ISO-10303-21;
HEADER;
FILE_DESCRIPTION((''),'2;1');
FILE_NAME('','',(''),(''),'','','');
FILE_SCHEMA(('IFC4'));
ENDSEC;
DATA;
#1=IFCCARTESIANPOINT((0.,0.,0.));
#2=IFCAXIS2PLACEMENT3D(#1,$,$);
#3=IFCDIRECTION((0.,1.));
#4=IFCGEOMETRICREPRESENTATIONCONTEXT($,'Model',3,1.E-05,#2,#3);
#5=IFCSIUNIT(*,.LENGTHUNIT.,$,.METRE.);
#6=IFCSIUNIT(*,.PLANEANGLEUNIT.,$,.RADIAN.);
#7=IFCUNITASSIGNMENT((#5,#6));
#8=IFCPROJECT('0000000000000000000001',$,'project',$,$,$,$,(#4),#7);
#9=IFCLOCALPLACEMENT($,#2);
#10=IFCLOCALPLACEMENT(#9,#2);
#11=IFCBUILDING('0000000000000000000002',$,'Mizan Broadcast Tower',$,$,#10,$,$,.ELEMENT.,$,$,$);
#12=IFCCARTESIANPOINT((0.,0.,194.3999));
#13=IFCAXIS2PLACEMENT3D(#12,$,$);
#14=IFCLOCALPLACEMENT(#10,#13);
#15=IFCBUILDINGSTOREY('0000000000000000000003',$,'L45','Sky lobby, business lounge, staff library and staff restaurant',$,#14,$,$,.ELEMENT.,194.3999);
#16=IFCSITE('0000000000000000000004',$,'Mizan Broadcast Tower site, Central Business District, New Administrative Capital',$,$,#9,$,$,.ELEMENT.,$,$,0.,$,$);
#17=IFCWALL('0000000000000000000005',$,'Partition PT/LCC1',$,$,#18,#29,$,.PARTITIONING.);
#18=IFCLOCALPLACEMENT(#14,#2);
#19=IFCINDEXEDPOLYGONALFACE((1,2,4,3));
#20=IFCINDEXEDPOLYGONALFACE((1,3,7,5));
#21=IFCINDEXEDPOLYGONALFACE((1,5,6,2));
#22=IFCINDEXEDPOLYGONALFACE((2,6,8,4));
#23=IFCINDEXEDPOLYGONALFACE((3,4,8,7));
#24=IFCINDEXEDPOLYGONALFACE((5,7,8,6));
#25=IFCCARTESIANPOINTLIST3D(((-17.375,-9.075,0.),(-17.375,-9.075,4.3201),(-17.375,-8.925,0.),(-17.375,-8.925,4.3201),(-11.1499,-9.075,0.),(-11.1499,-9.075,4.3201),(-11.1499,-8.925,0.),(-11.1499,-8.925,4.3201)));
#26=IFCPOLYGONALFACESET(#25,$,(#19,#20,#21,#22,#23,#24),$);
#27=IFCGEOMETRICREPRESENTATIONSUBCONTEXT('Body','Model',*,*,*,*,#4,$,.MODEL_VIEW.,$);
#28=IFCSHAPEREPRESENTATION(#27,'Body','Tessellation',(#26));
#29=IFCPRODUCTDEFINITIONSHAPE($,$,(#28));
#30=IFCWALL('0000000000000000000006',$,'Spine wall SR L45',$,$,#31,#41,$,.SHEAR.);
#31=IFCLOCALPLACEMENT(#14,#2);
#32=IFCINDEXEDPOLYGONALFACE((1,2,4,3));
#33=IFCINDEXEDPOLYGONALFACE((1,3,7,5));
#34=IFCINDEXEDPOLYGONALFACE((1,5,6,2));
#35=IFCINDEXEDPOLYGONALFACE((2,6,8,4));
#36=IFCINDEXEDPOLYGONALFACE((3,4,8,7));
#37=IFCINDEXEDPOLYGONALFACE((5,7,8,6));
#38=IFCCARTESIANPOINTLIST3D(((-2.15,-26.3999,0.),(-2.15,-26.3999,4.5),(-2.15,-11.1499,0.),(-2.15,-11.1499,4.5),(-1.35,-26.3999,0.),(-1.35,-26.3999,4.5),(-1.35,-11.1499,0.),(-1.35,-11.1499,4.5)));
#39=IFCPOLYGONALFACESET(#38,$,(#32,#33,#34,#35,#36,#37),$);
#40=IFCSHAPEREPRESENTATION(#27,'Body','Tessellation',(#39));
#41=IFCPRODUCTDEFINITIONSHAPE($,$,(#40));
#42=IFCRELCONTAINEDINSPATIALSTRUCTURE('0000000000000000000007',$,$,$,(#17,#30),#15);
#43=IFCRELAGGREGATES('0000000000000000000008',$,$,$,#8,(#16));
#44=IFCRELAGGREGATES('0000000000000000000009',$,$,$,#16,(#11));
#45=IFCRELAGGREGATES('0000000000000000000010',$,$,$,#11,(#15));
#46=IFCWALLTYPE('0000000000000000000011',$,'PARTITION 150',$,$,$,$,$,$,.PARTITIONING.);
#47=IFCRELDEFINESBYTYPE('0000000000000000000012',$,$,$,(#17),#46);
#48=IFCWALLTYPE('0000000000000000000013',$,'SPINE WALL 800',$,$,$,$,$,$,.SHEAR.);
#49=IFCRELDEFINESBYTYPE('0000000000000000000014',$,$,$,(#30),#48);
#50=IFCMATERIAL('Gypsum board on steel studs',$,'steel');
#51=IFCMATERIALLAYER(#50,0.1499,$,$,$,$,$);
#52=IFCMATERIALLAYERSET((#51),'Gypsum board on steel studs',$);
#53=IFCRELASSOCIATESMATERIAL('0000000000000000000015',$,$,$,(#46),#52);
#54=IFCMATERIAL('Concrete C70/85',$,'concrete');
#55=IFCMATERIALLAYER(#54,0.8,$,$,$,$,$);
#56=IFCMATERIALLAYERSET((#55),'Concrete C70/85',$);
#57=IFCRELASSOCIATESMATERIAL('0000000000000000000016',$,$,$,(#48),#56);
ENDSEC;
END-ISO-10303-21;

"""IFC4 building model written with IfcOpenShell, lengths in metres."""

from ifc_helpers import new_model, si_unit, direction, frame, frame_2d, origin, place, context, subcontext, project, spatial, rectangle, extrude, material, layer, layer_set, type_object, element, save


model = new_model("IFC4")

# Units and contexts
model_context = context("Model", 3, precision=1e-05, world=origin(), true_north=direction((0.0, 1.0)))
body_context = subcontext(model_context, "Body", "Model", "MODEL_VIEW")
ifc_project = project(units=[si_unit("LENGTHUNIT", "METRE"), si_unit("PLANEANGLEUNIT", "RADIAN")], contexts=[model_context])

# Site, building, storey
site_placement = place(None, origin())
site = spatial("IfcSite", under=ifc_project, at=site_placement, Name="Mizan Broadcast Tower site, Central Business District, New Administrative Capital", CompositionType="ELEMENT", RefElevation=0.0)
building_placement = place(site_placement, origin())
building = spatial("IfcBuilding", under=site, at=building_placement, Name="Mizan Broadcast Tower", CompositionType="ELEMENT")
storey_placement = place(building_placement, frame((0.0, 0.0, 194.3999)))
storey = spatial("IfcBuildingStorey", under=building, at=storey_placement, Name="L45", Description="Sky lobby, business lounge, staff library and staff restaurant", CompositionType="ELEMENT", Elevation=194.3999)

# Walls
ifc_material_1 = material(Name="Gypsum board on steel studs", Category="steel")
ifc_layer_1 = layer(ifc_material_1, 0.1499)
ifc_layer_set_1 = layer_set([ifc_layer_1], Name="Gypsum board on steel studs")
wall_type_1 = type_object("IfcWallType", Name="PARTITION 150", PredefinedType="PARTITIONING", material=ifc_layer_set_1)
wall_1_placement = place(storey_placement, frame((-11.1499, -9.0, 0.0), z_axis=(0.0, 0.0, 1.0), x_axis=(-1.0, 0.0, 0.0)))
element("IfcWall", 1, at=wall_1_placement, inside=storey, type_object=wall_type_1, Name="Partition PT/LCC1", PredefinedType="PARTITIONING", context=body_context, shape_type="SweptSolid", body=[
    extrude(rectangle(XDim=6.2251, YDim=0.1499, at=frame_2d((3.1125, 0.0))), origin(), (0.0, 0.0, 1.0), 4.3201),
])
ifc_material_2 = material(Name="Concrete C70/85", Category="concrete")
ifc_layer_2 = layer(ifc_material_2, 0.8)
ifc_layer_set_2 = layer_set([ifc_layer_2], Name="Concrete C70/85")
wall_type_2 = type_object("IfcWallType", Name="SPINE WALL 800", PredefinedType="SHEAR", material=ifc_layer_set_2)
wall_2_placement = place(storey_placement, frame((-1.75, -11.1499, 0.0), z_axis=(0.0, 0.0, 1.0), x_axis=(0.0, -1.0, 0.0)))
element("IfcWall", 2, at=wall_2_placement, inside=storey, type_object=wall_type_2, Name="Spine wall SR L45", PredefinedType="SHEAR", context=body_context, shape_type="SweptSolid", body=[
    extrude(rectangle(XDim=15.25, YDim=0.8, at=frame_2d((7.625, 0.0))), origin(), (0.0, 0.0, 1.0), 4.5),
])

save(model, "model.ifc")
